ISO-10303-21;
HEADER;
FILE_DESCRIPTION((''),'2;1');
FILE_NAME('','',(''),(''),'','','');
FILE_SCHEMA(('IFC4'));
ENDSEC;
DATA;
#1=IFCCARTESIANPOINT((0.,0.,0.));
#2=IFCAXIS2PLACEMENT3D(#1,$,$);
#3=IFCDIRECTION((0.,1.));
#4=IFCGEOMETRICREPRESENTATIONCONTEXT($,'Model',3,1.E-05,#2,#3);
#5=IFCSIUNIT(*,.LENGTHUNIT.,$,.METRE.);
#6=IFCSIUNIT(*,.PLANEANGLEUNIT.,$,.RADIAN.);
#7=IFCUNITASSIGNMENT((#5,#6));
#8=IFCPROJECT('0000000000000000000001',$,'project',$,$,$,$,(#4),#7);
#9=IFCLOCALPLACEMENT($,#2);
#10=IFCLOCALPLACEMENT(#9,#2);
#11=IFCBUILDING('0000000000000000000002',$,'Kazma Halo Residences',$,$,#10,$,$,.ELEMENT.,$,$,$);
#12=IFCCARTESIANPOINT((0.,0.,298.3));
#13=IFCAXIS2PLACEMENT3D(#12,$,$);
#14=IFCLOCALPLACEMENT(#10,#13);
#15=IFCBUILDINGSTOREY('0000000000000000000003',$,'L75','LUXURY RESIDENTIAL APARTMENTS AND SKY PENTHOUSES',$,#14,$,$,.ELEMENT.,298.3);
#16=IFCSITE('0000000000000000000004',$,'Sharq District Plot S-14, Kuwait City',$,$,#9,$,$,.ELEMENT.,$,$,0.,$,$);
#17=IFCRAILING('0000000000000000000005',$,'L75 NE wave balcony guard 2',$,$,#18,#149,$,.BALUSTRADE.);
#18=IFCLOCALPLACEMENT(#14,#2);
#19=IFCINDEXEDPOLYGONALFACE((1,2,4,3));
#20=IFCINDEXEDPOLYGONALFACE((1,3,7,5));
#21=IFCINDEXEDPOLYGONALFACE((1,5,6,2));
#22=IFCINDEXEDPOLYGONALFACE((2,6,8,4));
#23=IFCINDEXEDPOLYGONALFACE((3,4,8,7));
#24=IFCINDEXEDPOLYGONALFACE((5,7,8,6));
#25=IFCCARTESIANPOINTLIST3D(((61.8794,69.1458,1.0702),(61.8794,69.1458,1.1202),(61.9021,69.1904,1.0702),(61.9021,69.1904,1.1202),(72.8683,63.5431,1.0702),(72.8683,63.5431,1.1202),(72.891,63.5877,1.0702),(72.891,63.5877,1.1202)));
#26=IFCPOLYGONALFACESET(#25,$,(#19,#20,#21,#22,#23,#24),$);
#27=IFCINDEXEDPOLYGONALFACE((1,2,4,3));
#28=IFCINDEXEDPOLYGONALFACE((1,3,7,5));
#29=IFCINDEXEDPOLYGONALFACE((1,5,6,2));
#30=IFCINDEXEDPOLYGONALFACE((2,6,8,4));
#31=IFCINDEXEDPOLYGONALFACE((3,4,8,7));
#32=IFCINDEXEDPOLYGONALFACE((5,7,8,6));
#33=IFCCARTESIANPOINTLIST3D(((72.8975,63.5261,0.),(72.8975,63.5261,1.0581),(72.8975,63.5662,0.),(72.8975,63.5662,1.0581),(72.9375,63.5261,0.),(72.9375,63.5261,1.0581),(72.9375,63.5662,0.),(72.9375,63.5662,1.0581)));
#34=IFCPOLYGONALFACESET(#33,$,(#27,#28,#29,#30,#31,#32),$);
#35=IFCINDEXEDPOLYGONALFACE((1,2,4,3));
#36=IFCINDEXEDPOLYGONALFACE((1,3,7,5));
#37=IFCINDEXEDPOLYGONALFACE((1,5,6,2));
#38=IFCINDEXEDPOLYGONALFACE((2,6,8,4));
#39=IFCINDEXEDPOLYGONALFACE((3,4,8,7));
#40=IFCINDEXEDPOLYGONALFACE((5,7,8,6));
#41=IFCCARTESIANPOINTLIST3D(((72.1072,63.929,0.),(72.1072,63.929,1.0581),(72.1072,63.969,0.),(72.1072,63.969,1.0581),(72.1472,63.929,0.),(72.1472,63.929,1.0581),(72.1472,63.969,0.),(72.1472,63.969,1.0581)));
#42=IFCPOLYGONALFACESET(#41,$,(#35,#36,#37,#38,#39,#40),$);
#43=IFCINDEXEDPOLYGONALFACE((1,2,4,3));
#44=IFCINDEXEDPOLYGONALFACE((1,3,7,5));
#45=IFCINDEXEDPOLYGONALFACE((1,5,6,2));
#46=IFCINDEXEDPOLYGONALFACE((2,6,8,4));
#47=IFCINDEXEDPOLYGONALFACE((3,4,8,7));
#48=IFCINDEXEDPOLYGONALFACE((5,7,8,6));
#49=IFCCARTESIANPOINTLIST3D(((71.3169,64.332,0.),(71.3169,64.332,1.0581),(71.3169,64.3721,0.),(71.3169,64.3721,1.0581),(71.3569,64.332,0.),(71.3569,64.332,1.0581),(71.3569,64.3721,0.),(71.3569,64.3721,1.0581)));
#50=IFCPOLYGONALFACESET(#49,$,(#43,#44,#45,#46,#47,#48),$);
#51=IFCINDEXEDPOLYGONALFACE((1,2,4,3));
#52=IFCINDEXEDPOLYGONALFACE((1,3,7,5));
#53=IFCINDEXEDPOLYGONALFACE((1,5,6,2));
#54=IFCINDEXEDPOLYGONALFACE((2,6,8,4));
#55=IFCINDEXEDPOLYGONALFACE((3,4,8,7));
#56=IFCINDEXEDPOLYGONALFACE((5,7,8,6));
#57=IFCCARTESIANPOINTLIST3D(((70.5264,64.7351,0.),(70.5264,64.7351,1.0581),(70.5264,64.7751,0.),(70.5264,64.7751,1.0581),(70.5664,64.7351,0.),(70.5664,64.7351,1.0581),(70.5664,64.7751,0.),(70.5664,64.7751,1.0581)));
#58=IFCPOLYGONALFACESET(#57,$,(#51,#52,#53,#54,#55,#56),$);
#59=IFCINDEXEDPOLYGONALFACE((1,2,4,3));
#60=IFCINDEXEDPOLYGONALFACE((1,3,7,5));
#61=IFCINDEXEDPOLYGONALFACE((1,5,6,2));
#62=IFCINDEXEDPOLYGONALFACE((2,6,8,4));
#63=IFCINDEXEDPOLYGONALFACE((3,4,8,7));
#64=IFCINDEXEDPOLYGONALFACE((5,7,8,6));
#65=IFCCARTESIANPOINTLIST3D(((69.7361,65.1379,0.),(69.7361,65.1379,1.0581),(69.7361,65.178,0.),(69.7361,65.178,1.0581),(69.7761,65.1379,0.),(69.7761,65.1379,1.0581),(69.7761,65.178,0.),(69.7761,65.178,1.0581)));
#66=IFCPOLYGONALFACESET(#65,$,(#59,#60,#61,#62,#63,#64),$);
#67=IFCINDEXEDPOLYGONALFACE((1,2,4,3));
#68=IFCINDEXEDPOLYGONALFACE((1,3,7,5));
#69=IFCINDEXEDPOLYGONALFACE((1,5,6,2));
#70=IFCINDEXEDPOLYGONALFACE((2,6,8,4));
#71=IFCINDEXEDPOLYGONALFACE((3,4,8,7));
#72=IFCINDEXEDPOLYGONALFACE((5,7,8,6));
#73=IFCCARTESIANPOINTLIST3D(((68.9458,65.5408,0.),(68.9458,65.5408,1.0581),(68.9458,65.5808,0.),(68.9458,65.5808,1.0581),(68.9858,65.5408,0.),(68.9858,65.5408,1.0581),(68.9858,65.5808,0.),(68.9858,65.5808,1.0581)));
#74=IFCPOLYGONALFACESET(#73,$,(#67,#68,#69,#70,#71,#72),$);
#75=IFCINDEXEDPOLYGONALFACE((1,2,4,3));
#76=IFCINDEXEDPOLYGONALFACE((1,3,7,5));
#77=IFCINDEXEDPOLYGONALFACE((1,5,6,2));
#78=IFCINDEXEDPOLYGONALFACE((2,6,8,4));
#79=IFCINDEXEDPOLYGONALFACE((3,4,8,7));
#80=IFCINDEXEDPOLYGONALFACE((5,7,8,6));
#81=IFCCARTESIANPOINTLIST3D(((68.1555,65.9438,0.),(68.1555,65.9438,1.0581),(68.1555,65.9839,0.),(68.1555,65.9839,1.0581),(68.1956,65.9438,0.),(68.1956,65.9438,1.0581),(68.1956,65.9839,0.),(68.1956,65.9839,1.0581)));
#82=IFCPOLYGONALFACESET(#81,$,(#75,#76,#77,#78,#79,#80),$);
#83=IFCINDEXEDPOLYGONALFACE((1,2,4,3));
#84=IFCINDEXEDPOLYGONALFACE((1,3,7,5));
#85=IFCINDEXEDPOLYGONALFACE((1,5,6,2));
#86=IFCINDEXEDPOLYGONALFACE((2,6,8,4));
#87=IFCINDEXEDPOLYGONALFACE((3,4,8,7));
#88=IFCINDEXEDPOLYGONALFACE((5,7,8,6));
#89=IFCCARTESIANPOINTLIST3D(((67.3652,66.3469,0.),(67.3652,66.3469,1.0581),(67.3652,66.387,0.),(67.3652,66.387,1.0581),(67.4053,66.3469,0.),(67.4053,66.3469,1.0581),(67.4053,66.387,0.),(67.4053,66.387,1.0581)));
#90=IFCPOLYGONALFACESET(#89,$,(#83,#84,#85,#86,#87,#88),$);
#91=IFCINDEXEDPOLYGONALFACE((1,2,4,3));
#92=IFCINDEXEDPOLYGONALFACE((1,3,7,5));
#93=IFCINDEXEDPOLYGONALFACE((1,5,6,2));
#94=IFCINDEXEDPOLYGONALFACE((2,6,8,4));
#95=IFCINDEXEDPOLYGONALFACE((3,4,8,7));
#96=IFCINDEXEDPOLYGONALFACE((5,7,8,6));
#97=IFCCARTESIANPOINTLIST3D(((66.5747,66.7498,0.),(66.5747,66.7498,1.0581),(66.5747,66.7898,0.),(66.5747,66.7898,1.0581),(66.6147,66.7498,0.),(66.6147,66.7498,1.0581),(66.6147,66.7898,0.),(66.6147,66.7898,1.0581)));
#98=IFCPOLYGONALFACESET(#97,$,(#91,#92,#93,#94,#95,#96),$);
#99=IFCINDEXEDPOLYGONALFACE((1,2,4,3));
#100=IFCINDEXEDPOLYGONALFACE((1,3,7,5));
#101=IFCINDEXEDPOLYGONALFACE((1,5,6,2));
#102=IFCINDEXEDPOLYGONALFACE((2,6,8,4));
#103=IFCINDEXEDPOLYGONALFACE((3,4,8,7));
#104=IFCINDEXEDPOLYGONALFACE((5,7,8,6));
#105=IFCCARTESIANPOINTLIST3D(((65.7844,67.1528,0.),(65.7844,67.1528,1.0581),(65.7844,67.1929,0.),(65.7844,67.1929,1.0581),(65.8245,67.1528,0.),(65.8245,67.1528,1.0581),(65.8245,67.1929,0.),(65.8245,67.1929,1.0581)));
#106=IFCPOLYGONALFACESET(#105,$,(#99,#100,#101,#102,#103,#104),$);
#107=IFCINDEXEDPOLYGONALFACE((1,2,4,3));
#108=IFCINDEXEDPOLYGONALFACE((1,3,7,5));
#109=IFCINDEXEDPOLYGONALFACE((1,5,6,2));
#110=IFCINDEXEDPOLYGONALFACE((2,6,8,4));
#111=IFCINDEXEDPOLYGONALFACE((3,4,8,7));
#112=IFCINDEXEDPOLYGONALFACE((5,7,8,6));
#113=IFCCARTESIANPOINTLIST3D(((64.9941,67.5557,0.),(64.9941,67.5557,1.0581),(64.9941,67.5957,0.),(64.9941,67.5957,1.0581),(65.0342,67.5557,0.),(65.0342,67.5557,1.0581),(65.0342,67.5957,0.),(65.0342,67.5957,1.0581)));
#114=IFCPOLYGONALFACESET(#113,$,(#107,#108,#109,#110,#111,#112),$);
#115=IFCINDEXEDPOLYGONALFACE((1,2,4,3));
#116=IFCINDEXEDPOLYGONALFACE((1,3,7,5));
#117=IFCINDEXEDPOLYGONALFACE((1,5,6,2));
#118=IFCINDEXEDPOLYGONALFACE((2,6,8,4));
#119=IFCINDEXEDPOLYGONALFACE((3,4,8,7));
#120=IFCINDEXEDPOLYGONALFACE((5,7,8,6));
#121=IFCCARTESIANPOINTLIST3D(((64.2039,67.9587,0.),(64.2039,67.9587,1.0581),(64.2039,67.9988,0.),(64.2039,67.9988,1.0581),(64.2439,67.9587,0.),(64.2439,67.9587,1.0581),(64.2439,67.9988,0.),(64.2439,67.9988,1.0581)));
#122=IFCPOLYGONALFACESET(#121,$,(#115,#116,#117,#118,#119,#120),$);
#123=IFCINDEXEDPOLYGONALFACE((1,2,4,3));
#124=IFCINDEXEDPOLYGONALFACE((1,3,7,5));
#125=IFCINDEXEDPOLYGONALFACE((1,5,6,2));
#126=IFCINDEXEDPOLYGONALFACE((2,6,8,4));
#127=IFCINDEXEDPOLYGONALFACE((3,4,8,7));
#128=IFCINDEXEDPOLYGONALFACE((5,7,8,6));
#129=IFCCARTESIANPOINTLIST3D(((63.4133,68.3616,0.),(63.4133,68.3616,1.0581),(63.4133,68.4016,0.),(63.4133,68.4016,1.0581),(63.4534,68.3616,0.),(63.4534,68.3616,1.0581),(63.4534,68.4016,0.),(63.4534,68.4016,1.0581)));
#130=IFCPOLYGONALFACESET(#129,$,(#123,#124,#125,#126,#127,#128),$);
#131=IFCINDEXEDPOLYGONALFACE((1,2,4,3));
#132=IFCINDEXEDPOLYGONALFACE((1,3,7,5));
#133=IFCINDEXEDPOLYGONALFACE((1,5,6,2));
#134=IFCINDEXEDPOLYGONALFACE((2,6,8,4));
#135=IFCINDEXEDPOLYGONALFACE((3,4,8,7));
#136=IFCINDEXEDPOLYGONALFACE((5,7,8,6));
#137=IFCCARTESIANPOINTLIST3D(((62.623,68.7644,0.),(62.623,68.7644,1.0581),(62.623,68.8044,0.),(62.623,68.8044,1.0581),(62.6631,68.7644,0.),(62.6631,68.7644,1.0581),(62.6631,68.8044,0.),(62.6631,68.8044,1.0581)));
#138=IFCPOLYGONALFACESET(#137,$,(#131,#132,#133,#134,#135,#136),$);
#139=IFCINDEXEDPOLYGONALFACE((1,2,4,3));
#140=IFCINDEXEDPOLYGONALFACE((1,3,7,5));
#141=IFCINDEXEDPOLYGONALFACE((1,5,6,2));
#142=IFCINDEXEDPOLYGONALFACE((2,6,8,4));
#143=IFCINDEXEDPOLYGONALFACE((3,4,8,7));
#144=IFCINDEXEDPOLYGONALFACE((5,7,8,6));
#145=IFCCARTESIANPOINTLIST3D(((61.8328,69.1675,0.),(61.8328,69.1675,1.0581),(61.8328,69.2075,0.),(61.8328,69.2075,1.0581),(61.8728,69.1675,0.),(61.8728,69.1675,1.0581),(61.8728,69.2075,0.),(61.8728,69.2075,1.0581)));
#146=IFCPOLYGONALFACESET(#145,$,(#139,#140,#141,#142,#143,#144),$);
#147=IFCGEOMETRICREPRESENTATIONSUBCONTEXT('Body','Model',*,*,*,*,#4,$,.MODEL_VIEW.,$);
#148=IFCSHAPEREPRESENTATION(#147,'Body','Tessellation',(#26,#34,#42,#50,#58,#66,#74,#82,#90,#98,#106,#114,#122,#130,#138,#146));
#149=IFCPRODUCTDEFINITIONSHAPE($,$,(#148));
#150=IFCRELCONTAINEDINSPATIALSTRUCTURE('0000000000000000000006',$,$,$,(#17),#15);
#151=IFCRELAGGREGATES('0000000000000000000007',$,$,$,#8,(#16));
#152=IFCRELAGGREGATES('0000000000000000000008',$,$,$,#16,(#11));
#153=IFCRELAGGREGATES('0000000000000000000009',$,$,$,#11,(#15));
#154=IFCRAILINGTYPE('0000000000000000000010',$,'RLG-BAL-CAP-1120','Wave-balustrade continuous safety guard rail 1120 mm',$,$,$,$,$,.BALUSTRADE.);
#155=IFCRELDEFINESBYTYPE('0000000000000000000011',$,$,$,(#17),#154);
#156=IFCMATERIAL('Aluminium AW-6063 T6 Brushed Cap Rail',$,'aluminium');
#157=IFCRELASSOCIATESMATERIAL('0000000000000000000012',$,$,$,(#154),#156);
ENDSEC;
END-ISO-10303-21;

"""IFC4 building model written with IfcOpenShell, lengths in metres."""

from ifc_helpers import new_model, si_unit, direction, frame, origin, origin_2d, place, context, subcontext, project, spatial, rectangle, extrude, material, type_object, element, save


model = new_model("IFC4")

# Units and contexts
model_context = context("Model", 3, precision=1e-05, world=origin(), true_north=direction((0.0, 1.0)))
body_context = subcontext(model_context, "Body", "Model", "MODEL_VIEW")
ifc_project = project(units=[si_unit("LENGTHUNIT", "METRE"), si_unit("PLANEANGLEUNIT", "RADIAN")], contexts=[model_context])

# Site, building, storey
site_placement = place(None, origin())
site = spatial("IfcSite", under=ifc_project, at=site_placement, Name="Sharq District Plot S-14, Kuwait City", CompositionType="ELEMENT", RefElevation=0.0)
building_placement = place(site_placement, origin())
building = spatial("IfcBuilding", under=site, at=building_placement, Name="Kazma Halo Residences", CompositionType="ELEMENT")
storey_placement = place(building_placement, frame((0.0, 0.0, 298.3)))
storey = spatial("IfcBuildingStorey", under=building, at=storey_placement, Name="L75", Description="LUXURY RESIDENTIAL APARTMENTS AND SKY PENTHOUSES", CompositionType="ELEMENT", Elevation=298.3)

# Railing
ifc_material_1 = material(Name="Aluminium AW-6063 T6 Brushed Cap Rail", Category="aluminium")
railing_type = type_object("IfcRailingType", Name="RLG-BAL-CAP-1120", Description="Wave-balustrade continuous safety guard rail 1120 mm", PredefinedType="BALUSTRADE", material=ifc_material_1)
railing_1_placement = place(storey_placement, frame((72.9175, 63.5461, 0.0)))
element("IfcRailing", 1, at=railing_1_placement, inside=storey, type_object=railing_type, Name="L75 NE wave balcony guard 2", PredefinedType="BALUSTRADE", context=body_context, shape_type="SweptSolid", body=[
    extrude(rectangle(XDim=0.05, YDim=0.05, at=origin_2d()), frame((-0.0378, 0.0193, 1.0952), z_axis=(-0.890889, 0.454221, 0.0), x_axis=(-0.454221, -0.890889, 0.0)), (0.0, 0.0, 1.0), 12.3347),
    extrude(rectangle(XDim=0.04, YDim=0.04, at=origin_2d()), origin(), (0.0, 0.0, 1.0), 1.0581),
    extrude(rectangle(XDim=0.04, YDim=0.04, at=origin_2d()), frame((-0.7903, 0.4028, 0.0)), (0.0, 0.0, 1.0), 1.0581),
    extrude(rectangle(XDim=0.04, YDim=0.04, at=origin_2d()), frame((-1.5806, 0.8059, 0.0)), (0.0, 0.0, 1.0), 1.0581),
    extrude(rectangle(XDim=0.04, YDim=0.04, at=origin_2d()), frame((-2.3711, 1.209, 0.0)), (0.0, 0.0, 1.0), 1.0581),
    extrude(rectangle(XDim=0.04, YDim=0.04, at=origin_2d()), frame((-3.1614, 1.6118, 0.0)), (0.0, 0.0, 1.0), 1.0581),
    extrude(rectangle(XDim=0.04, YDim=0.04, at=origin_2d()), frame((-3.9517, 2.0146, 0.0)), (0.0, 0.0, 1.0), 1.0581),
    extrude(rectangle(XDim=0.04, YDim=0.04, at=origin_2d()), frame((-4.7419, 2.4177, 0.0)), (0.0, 0.0, 1.0), 1.0581),
    extrude(rectangle(XDim=0.04, YDim=0.04, at=origin_2d()), frame((-5.5322, 2.8208, 0.0)), (0.0, 0.0, 1.0), 1.0581),
    extrude(rectangle(XDim=0.04, YDim=0.04, at=origin_2d()), frame((-6.3228, 3.2236, 0.0)), (0.0, 0.0, 1.0), 1.0581),
    extrude(rectangle(XDim=0.04, YDim=0.04, at=origin_2d()), frame((-7.113, 3.6267, 0.0)), (0.0, 0.0, 1.0), 1.0581),
    extrude(rectangle(XDim=0.04, YDim=0.04, at=origin_2d()), frame((-7.9033, 4.0295, 0.0)), (0.0, 0.0, 1.0), 1.0581),
    extrude(rectangle(XDim=0.04, YDim=0.04, at=origin_2d()), frame((-8.6936, 4.4326, 0.0)), (0.0, 0.0, 1.0), 1.0581),
    extrude(rectangle(XDim=0.04, YDim=0.04, at=origin_2d()), frame((-9.4841, 4.8354, 0.0)), (0.0, 0.0, 1.0), 1.0581),
    extrude(rectangle(XDim=0.04, YDim=0.04, at=origin_2d()), frame((-10.2744, 5.2383, 0.0)), (0.0, 0.0, 1.0), 1.0581),
    extrude(rectangle(XDim=0.04, YDim=0.04, at=origin_2d()), frame((-11.0647, 5.6414, 0.0)), (0.0, 0.0, 1.0), 1.0581),
])

save(model, "model.ifc")
